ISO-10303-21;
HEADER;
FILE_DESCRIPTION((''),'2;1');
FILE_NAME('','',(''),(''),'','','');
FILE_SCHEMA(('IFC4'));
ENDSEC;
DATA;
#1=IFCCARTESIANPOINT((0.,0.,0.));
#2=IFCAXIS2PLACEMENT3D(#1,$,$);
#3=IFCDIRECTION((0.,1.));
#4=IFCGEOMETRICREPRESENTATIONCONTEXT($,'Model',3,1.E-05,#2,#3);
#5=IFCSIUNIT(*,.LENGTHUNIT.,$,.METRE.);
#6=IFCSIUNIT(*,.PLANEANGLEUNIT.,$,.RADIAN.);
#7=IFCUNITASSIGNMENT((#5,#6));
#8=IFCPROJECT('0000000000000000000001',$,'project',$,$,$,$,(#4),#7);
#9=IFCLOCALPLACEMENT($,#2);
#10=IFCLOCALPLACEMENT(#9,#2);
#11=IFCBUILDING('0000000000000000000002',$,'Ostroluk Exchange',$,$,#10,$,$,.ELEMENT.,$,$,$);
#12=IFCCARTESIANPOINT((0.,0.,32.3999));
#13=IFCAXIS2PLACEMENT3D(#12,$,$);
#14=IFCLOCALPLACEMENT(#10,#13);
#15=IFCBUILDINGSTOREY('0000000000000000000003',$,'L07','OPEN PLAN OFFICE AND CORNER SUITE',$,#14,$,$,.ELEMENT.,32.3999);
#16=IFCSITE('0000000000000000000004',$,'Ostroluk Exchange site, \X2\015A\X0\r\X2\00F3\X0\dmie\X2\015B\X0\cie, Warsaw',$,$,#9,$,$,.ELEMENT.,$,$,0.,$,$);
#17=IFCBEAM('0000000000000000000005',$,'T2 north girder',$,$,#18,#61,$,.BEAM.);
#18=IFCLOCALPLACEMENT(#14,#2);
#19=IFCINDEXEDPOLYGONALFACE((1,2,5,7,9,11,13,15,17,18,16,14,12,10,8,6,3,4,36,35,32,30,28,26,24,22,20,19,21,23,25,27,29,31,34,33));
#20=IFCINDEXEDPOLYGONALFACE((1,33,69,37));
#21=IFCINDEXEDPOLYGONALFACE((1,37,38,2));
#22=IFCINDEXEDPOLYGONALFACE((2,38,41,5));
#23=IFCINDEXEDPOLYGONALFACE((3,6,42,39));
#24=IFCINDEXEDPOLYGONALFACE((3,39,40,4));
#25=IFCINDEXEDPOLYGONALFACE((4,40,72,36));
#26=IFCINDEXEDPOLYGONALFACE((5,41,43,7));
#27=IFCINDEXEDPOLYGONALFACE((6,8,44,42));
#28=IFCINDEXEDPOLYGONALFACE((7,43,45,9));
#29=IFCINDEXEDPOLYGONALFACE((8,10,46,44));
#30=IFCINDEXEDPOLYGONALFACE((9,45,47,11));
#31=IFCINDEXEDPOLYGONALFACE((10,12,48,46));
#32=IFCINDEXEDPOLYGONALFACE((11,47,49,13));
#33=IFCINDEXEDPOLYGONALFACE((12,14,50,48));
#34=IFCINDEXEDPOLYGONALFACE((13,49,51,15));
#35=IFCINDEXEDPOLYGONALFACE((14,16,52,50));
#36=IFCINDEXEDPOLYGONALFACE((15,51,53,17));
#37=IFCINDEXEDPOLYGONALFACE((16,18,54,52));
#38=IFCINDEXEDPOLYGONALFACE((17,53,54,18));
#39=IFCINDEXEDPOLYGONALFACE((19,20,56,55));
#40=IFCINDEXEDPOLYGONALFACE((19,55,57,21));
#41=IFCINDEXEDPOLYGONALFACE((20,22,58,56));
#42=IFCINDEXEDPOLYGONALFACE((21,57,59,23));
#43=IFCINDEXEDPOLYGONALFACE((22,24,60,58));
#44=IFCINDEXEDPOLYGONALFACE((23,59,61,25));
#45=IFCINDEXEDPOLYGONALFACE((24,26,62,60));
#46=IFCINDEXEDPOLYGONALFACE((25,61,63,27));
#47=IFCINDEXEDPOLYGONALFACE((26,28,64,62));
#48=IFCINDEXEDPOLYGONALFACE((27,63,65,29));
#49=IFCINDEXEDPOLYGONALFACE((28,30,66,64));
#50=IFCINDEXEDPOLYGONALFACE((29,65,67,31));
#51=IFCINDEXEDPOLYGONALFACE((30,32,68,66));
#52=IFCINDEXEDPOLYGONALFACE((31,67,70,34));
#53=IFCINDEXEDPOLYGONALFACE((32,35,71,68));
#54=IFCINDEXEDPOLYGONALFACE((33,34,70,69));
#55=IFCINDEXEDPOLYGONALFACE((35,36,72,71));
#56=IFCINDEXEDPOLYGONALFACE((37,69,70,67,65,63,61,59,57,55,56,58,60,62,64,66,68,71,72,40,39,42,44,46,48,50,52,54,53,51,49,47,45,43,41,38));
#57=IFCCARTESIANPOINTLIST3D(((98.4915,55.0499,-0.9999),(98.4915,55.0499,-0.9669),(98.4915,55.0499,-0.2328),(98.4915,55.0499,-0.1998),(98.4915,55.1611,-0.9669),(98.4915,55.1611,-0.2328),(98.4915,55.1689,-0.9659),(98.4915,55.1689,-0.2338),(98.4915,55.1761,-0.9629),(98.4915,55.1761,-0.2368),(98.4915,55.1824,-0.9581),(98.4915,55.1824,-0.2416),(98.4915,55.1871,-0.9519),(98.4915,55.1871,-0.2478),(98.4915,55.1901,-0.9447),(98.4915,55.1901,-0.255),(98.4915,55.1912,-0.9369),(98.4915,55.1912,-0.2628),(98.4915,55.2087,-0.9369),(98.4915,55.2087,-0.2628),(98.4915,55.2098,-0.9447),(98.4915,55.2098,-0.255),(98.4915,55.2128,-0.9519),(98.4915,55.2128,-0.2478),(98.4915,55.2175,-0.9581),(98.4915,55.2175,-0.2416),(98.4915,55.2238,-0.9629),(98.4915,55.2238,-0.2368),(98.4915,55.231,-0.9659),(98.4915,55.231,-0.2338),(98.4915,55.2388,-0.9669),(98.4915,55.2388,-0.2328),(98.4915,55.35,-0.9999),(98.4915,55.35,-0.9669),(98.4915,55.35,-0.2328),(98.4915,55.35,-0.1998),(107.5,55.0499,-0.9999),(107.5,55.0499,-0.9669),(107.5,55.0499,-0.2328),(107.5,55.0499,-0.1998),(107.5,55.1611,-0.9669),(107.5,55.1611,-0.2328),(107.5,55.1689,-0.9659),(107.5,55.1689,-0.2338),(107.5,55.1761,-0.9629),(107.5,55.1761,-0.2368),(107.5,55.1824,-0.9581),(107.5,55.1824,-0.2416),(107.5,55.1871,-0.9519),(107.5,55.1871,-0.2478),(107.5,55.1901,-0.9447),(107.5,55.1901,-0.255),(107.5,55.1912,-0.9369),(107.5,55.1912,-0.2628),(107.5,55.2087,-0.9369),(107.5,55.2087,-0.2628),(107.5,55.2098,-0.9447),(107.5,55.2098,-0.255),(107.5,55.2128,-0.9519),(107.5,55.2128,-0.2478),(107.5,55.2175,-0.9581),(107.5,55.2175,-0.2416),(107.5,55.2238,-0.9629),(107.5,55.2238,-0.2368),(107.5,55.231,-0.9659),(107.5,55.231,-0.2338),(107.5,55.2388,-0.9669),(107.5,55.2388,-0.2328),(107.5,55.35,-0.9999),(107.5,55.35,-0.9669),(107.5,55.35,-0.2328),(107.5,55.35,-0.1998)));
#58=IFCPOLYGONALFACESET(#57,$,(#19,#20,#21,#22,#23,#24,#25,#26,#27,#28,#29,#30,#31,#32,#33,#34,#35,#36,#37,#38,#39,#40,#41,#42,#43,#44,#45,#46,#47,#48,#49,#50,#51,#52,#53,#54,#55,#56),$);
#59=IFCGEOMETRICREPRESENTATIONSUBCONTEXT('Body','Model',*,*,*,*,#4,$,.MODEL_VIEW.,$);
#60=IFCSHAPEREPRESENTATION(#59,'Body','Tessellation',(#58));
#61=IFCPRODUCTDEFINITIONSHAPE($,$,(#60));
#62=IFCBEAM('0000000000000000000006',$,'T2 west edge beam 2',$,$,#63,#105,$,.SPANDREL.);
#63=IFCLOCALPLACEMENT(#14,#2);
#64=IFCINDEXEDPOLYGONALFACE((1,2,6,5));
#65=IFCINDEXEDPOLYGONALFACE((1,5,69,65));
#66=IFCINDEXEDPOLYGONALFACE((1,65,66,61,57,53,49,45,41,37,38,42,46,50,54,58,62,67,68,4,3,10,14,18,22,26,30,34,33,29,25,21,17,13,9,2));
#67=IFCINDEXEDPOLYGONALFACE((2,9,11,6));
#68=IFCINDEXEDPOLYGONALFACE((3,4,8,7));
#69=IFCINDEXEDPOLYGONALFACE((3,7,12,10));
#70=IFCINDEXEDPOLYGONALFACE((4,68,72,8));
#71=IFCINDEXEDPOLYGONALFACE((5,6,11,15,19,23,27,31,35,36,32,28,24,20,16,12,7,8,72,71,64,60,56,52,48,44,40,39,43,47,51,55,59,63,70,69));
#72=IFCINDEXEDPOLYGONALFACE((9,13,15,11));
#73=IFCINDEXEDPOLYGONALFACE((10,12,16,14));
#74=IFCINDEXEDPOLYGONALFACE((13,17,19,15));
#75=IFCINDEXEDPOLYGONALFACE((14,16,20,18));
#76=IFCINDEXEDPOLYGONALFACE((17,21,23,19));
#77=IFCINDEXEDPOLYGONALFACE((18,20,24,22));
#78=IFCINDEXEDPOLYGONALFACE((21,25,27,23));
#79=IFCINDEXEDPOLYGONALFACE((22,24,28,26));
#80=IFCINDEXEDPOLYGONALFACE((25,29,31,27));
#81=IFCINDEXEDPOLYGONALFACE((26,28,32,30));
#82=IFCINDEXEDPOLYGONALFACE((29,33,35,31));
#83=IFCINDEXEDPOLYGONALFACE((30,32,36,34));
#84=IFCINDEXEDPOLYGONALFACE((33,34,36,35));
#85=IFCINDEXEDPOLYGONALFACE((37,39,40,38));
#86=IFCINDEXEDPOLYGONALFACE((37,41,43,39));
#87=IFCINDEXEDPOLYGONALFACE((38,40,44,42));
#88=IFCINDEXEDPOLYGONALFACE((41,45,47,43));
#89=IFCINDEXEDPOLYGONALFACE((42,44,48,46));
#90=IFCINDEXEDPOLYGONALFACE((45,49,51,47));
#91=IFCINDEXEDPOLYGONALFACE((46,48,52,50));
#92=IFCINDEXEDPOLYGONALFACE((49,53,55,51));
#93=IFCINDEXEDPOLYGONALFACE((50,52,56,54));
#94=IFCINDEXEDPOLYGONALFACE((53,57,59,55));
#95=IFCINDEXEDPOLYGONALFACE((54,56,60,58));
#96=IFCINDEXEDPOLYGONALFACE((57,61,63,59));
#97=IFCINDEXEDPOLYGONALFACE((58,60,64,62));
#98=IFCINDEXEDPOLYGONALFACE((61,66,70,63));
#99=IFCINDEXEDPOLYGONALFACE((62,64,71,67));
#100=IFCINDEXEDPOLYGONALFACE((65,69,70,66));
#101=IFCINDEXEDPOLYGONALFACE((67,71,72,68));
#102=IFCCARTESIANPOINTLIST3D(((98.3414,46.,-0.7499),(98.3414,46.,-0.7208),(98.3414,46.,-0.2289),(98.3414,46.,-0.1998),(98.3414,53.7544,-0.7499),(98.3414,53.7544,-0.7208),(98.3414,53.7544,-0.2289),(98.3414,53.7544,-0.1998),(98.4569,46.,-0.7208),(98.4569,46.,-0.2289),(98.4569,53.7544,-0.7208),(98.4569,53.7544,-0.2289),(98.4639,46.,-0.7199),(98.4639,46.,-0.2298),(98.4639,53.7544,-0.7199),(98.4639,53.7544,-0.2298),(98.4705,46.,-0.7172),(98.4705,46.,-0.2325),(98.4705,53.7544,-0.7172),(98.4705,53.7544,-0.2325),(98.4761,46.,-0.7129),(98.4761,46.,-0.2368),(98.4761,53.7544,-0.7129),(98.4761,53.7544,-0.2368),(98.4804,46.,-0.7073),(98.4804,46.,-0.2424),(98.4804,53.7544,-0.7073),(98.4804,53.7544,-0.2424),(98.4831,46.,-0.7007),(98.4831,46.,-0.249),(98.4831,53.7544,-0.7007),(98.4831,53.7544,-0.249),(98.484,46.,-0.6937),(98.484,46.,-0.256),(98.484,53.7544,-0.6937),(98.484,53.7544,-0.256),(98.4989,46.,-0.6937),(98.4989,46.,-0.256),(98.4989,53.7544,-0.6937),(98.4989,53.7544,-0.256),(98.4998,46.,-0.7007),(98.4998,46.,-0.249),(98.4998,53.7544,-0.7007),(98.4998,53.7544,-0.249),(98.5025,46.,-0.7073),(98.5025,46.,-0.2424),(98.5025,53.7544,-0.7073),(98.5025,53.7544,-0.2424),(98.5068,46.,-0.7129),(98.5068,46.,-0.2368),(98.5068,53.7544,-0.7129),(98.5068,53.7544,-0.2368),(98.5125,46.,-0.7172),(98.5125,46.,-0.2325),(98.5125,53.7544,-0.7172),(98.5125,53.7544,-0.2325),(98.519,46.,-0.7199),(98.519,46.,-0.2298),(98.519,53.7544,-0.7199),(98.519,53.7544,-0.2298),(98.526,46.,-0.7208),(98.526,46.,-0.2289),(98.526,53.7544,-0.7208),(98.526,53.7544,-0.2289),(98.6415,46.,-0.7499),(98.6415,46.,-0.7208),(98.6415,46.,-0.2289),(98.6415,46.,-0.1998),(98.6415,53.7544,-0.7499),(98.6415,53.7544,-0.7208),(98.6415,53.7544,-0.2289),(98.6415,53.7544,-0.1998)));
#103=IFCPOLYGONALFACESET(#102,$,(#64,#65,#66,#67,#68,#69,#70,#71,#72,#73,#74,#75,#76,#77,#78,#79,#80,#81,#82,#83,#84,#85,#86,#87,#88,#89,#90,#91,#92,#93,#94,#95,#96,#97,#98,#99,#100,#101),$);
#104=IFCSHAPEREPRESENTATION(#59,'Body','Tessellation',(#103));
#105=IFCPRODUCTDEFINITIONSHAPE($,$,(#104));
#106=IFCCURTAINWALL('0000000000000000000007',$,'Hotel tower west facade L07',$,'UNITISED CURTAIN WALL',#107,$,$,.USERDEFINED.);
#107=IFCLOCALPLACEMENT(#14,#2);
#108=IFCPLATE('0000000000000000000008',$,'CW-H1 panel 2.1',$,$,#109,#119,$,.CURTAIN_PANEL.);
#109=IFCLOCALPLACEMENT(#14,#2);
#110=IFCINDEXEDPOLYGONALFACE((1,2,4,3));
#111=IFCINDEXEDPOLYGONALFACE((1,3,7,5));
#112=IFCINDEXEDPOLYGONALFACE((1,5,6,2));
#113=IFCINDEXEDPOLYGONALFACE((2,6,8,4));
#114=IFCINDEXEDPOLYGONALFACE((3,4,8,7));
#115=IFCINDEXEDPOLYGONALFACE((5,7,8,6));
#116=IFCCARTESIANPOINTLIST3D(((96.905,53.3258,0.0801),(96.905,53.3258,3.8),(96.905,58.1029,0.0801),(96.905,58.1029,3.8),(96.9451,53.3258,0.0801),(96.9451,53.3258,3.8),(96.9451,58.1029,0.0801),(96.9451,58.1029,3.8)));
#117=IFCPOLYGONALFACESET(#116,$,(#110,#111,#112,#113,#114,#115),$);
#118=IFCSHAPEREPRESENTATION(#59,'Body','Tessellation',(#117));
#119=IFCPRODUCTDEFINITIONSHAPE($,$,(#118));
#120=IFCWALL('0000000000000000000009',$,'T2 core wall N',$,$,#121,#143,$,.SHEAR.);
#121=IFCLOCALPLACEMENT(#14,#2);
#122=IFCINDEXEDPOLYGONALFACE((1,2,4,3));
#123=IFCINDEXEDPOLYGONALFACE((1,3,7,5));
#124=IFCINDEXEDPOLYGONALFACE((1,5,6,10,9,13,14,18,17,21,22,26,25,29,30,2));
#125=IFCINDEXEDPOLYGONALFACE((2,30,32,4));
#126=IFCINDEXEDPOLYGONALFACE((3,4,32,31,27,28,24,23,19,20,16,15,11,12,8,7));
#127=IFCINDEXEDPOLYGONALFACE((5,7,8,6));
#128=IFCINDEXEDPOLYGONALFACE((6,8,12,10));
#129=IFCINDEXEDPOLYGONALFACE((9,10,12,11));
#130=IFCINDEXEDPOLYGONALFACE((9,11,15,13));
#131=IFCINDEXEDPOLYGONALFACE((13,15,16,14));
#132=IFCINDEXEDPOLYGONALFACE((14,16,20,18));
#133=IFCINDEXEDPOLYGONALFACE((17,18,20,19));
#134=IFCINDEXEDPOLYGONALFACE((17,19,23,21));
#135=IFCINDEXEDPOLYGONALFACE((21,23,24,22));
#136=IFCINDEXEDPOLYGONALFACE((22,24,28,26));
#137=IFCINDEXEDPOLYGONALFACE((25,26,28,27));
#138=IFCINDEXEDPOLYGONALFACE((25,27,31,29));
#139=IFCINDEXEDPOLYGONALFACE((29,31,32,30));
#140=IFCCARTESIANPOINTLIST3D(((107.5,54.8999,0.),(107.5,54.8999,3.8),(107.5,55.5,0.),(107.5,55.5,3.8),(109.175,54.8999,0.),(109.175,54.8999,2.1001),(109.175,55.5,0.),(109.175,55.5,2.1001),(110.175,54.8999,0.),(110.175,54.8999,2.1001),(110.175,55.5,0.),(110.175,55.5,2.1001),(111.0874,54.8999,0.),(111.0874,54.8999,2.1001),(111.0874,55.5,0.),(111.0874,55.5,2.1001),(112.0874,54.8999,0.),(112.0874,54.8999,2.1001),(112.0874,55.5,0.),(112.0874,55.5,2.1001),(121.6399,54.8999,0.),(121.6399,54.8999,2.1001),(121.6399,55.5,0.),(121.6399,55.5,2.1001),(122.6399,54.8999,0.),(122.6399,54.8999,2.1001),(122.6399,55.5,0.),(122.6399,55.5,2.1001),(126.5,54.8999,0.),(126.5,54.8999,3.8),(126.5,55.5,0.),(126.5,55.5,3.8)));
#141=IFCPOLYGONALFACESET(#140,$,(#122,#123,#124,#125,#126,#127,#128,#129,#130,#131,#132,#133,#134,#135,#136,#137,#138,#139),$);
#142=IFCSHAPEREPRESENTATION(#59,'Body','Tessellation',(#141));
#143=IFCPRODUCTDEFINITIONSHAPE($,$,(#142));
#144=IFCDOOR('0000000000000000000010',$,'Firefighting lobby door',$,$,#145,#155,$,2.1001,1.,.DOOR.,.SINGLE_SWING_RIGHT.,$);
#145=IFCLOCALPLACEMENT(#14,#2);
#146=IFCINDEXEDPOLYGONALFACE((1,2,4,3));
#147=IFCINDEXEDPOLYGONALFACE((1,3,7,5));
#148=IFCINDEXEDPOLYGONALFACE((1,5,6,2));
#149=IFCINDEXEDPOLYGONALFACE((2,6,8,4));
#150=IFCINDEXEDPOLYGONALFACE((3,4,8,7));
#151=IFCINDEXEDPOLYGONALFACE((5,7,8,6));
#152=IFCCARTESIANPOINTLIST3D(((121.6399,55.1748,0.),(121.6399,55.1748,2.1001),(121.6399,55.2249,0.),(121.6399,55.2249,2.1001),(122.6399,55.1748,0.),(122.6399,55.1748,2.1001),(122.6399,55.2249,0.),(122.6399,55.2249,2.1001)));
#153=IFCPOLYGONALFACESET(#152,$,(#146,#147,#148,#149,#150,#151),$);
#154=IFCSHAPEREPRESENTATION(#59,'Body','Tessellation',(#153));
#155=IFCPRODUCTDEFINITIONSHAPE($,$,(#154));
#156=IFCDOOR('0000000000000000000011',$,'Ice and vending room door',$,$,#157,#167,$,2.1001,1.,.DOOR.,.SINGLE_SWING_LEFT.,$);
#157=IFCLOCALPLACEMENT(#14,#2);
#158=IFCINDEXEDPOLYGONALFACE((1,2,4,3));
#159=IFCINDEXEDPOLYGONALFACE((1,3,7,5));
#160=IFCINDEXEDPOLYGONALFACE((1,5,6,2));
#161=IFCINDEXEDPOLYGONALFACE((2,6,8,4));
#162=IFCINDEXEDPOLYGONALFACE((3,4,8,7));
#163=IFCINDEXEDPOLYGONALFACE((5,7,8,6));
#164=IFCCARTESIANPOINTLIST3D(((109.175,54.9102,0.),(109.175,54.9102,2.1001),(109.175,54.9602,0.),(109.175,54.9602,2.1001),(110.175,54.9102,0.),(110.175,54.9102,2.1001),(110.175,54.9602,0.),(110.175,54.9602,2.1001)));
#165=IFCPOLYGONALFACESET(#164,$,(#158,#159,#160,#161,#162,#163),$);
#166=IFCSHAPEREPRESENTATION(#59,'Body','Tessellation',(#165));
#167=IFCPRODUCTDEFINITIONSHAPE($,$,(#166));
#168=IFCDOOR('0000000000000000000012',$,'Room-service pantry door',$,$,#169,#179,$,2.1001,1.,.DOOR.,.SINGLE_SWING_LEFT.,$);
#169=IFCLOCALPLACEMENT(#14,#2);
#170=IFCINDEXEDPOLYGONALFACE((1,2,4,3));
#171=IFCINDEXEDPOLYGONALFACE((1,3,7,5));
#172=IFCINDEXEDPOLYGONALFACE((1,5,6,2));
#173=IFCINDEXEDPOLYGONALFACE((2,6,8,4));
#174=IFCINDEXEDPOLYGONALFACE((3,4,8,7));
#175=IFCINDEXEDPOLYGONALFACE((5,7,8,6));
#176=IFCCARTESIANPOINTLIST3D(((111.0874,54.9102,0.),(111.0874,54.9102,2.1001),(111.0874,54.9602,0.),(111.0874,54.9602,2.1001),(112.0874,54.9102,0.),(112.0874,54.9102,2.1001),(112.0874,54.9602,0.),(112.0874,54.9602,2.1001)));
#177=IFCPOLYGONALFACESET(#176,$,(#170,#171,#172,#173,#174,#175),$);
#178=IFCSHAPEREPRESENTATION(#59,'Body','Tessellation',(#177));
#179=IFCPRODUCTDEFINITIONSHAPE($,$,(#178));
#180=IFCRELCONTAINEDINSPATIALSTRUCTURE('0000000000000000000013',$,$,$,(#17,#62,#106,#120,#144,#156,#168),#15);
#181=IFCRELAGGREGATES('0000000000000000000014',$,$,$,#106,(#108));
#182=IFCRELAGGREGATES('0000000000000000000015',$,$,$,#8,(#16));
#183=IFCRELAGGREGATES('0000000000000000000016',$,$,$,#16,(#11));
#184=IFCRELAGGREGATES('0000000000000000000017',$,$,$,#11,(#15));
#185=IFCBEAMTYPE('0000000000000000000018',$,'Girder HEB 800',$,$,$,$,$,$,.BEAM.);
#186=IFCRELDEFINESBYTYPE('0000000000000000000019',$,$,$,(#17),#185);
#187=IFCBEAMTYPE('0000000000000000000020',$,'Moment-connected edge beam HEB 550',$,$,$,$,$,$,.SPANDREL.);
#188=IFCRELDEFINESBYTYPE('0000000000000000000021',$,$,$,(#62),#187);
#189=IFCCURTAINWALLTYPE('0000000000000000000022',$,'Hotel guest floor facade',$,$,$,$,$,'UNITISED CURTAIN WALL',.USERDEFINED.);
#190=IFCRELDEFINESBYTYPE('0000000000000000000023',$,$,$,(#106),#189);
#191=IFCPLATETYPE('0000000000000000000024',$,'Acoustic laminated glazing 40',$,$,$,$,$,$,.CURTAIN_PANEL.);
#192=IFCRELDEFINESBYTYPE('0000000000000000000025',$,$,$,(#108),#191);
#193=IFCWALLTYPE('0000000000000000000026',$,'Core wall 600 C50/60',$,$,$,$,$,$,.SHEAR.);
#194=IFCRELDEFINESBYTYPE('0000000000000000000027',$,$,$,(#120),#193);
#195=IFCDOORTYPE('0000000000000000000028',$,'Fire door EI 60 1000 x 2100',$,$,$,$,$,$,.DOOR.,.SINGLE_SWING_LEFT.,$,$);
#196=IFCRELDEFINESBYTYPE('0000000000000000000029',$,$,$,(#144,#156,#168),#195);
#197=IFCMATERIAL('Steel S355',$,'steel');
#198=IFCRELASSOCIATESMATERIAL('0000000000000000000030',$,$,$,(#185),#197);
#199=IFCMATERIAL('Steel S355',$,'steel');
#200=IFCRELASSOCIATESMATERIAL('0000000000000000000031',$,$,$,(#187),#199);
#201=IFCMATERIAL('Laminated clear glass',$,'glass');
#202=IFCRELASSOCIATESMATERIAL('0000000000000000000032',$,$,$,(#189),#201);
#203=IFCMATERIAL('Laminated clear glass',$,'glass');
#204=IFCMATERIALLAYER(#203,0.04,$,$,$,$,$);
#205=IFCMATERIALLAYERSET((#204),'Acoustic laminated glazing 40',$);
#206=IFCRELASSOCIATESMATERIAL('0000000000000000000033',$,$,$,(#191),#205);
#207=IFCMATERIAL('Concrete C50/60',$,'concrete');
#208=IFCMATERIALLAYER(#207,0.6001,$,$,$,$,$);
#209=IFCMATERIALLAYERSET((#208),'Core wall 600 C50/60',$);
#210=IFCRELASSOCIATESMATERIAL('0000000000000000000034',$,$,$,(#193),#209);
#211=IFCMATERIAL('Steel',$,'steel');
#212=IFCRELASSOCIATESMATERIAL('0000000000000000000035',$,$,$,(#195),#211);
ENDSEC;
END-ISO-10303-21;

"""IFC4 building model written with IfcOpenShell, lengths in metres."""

from ifc_helpers import new_model, si_unit, direction, frame, frame_2d, origin, origin_2d, place, context, subcontext, project, spatial, rectangle, i_section, extrude, material, layer, layer_set, material_profile, profile_set, type_object, element, fill, aggregate, save


model = new_model("IFC4")

# Units and contexts
model_context = context("Model", 3, precision=1e-05, world=origin(), true_north=direction((0.0, 1.0)))
body_context = subcontext(model_context, "Body", "Model", "MODEL_VIEW")
ifc_project = project(units=[si_unit("LENGTHUNIT", "METRE"), si_unit("PLANEANGLEUNIT", "RADIAN")], contexts=[model_context])

# Site, building, storey
site_placement = place(None, origin())
site = spatial("IfcSite", under=ifc_project, at=site_placement, Name="Ostroluk Exchange site, Śródmieście, Warsaw", CompositionType="ELEMENT", RefElevation=0.0)
building_placement = place(site_placement, origin())
building = spatial("IfcBuilding", under=site, at=building_placement, Name="Ostroluk Exchange", CompositionType="ELEMENT")
storey_placement = place(building_placement, frame((0.0, 0.0, 32.3999)))
storey = spatial("IfcBuildingStorey", under=building, at=storey_placement, Name="L07", Description="OPEN PLAN OFFICE AND CORNER SUITE", CompositionType="ELEMENT", Elevation=32.3999)

# Beams
ifc_material_1 = material(Name="Steel S355", Category="steel")
ifc_material_profile_1 = material_profile(ifc_material_1, i_section(OverallWidth=0.3, OverallDepth=0.8, WebThickness=0.0176, FlangeThickness=0.033, FilletRadius=0.03, at=origin_2d()), Name="HEB 800")
ifc_profile_set_1 = profile_set([ifc_material_profile_1], Name="Steel S355")
beam_type_1 = type_object("IfcBeamType", Name="Girder HEB 800", PredefinedType="BEAM", material=ifc_profile_set_1)
beam_1_placement = place(storey_placement, frame((107.5, 55.2, -0.5999), z_axis=(-1.0, 0.0, 0.0), x_axis=(0.0, -1.0, 0.0)))
element("IfcBeam", 1, at=beam_1_placement, inside=storey, type_object=beam_type_1, Name="T2 north girder", PredefinedType="BEAM", context=body_context, shape_type="SweptSolid", body=[
    extrude(i_section(OverallWidth=0.3, OverallDepth=0.8, WebThickness=0.0176, FlangeThickness=0.033, FilletRadius=0.03, at=origin_2d()), origin(), (0.0, 0.0, 1.0), 9.0085),
])
ifc_material_2 = material(Name="Steel S355", Category="steel")
ifc_material_profile_2 = material_profile(ifc_material_2, i_section(OverallWidth=0.3, OverallDepth=0.55, WebThickness=0.0149, FlangeThickness=0.0291, FilletRadius=0.0271, at=origin_2d()), Name="HEB 550")
ifc_profile_set_2 = profile_set([ifc_material_profile_2], Name="Steel S355")
beam_type_2 = type_object("IfcBeamType", Name="Moment-connected edge beam HEB 550", PredefinedType="SPANDREL", material=ifc_profile_set_2)
beam_2_placement = place(storey_placement, frame((98.4915, 53.7544, -0.4749), z_axis=(0.0, -1.0, 0.0), x_axis=(1.0, 0.0, 0.0)))
element("IfcBeam", 2, at=beam_2_placement, inside=storey, type_object=beam_type_2, Name="T2 west edge beam 2", PredefinedType="SPANDREL", context=body_context, shape_type="SweptSolid", body=[
    extrude(i_section(OverallWidth=0.3, OverallDepth=0.55, WebThickness=0.0149, FlangeThickness=0.0291, FilletRadius=0.0271, at=origin_2d()), origin(), (0.0, 0.0, 1.0), 7.7544),
])

# Curtain wall, plate
ifc_material_3 = material(Name="Laminated clear glass", Category="glass")
curtain_wall_type = type_object("IfcCurtainWallType", Name="Hotel guest floor facade", ElementType="UNITISED CURTAIN WALL", PredefinedType="USERDEFINED", material=ifc_material_3)
curtain_wall_placement = place(storey_placement, origin())
curtain_wall = element("IfcCurtainWall", 3, at=curtain_wall_placement, inside=storey, type_object=curtain_wall_type, Name="Hotel tower west facade L07", ObjectType="UNITISED CURTAIN WALL", PredefinedType="USERDEFINED")
ifc_material_4 = material(Name="Laminated clear glass", Category="glass")
ifc_layer_1 = layer(ifc_material_4, 0.04)
ifc_layer_set_1 = layer_set([ifc_layer_1], Name="Acoustic laminated glazing 40")
plate_type = type_object("IfcPlateType", Name="Acoustic laminated glazing 40", PredefinedType="CURTAIN_PANEL", material=ifc_layer_set_1)
plate_placement = place(storey_placement, frame((96.925, 55.7144, 0.0801), z_axis=(0.0, 0.0, 1.0), x_axis=(0.0, -1.0, 0.0)))
plate = element("IfcPlate", 4, at=plate_placement, type_object=plate_type, Name="CW-H1 panel 2.1", PredefinedType="CURTAIN_PANEL", context=body_context, shape_type="SweptSolid", body=[
    extrude(rectangle(XDim=4.7771, YDim=0.04, at=origin_2d()), origin(), (0.0, 0.0, 1.0), 3.72),
])
aggregate(curtain_wall, [plate])

# Wall, openings, doors
ifc_material_5 = material(Name="Concrete C50/60", Category="concrete")
ifc_layer_2 = layer(ifc_material_5, 0.6001)
ifc_layer_set_2 = layer_set([ifc_layer_2], Name="Core wall 600 C50/60")
wall_type_1 = type_object("IfcWallType", Name="Core wall 600 C50/60", PredefinedType="SHEAR", material=ifc_layer_set_2)
wall_1_placement = place(storey_placement, frame((107.5, 55.2, 0.0), z_axis=(0.0, 0.0, 1.0), x_axis=(1.0, 0.0, 0.0)))
wall_1 = element("IfcWall", 5, at=wall_1_placement, inside=storey, type_object=wall_type_1, Name="T2 core wall N", PredefinedType="SHEAR", context=body_context, shape_type="SweptSolid", body=[
    extrude(rectangle(XDim=19.0, YDim=0.6001, at=frame_2d((9.5, 0.0))), origin(), (0.0, 0.0, 1.0), 3.8),
])
opening_1_placement = place(wall_1_placement, frame((14.1399, 0.0, 0.0)))
opening_1 = element("IfcOpeningElement", 6, at=opening_1_placement, cuts=wall_1, PredefinedType="OPENING", context=body_context, shape_type="SweptSolid", body=[
    extrude(rectangle(XDim=1.0, YDim=2.1001, at=frame_2d((0.5, 1.05))), frame((0.0, 0.3101, 0.0), z_axis=(0.0, -1.0, 0.0), x_axis=(1.0, 0.0, 0.0)), (0.0, 0.0, 1.0), 0.6201),
])
opening_2_placement = place(wall_1_placement, frame((1.675, 0.0, 0.0)))
opening_2 = element("IfcOpeningElement", 7, at=opening_2_placement, cuts=wall_1, PredefinedType="OPENING", context=body_context, shape_type="SweptSolid", body=[
    extrude(rectangle(XDim=1.0, YDim=2.1001, at=frame_2d((0.5, 1.05))), frame((0.0, 0.3101, 0.0), z_axis=(0.0, -1.0, 0.0), x_axis=(1.0, 0.0, 0.0)), (0.0, 0.0, 1.0), 0.6201),
])
opening_3_placement = place(wall_1_placement, frame((3.5874, 0.0, 0.0)))
opening_3 = element("IfcOpeningElement", 8, at=opening_3_placement, cuts=wall_1, PredefinedType="OPENING", context=body_context, shape_type="SweptSolid", body=[
    extrude(rectangle(XDim=1.0, YDim=2.1001, at=frame_2d((0.5, 1.05))), frame((0.0, 0.3101, 0.0), z_axis=(0.0, -1.0, 0.0), x_axis=(1.0, 0.0, 0.0)), (0.0, 0.0, 1.0), 0.6201),
])
ifc_material_6 = material(Name="Steel", Category="steel")
door_type_1 = type_object("IfcDoorType", Name="Fire door EI 60 1000 x 2100", OperationType="SINGLE_SWING_LEFT", PredefinedType="DOOR", material=ifc_material_6)
door_1_placement = place(opening_1_placement, origin())
door_1 = element("IfcDoor", 9, at=door_1_placement, inside=storey, type_object=door_type_1, Name="Firefighting lobby door", OperationType="SINGLE_SWING_RIGHT", OverallHeight=2.1001, OverallWidth=1.0, PredefinedType="DOOR", context=body_context, shape_type="SweptSolid", body=[
    extrude(rectangle(XDim=1.0, YDim=2.1001, at=frame_2d((0.5, 1.05))), frame((0.0, 0.0249, 0.0), z_axis=(0.0, -1.0, 0.0), x_axis=(1.0, 0.0, 0.0)), (0.0, 0.0, 1.0), 0.05),
])
fill(opening_1, door_1)
door_2_placement = place(opening_2_placement, origin())
door_2 = element("IfcDoor", 10, at=door_2_placement, inside=storey, type_object=door_type_1, Name="Ice and vending room door", OperationType="SINGLE_SWING_LEFT", OverallHeight=2.1001, OverallWidth=1.0, PredefinedType="DOOR", context=body_context, shape_type="SweptSolid", body=[
    extrude(rectangle(XDim=1.0, YDim=2.1001, at=frame_2d((0.5, 1.05))), frame((0.0, -0.2397, 0.0), z_axis=(0.0, -1.0, 0.0), x_axis=(1.0, 0.0, 0.0)), (0.0, 0.0, 1.0), 0.05),
])
fill(opening_2, door_2)
door_3_placement = place(opening_3_placement, origin())
door_3 = element("IfcDoor", 11, at=door_3_placement, inside=storey, type_object=door_type_1, Name="Room-service pantry door", OperationType="SINGLE_SWING_LEFT", OverallHeight=2.1001, OverallWidth=1.0, PredefinedType="DOOR", context=body_context, shape_type="SweptSolid", body=[
    extrude(rectangle(XDim=1.0, YDim=2.1001, at=frame_2d((0.5, 1.05))), frame((0.0, -0.2397, 0.0), z_axis=(0.0, -1.0, 0.0), x_axis=(1.0, 0.0, 0.0)), (0.0, 0.0, 1.0), 0.05),
])
fill(opening_3, door_3)

save(model, "model.ifc")
